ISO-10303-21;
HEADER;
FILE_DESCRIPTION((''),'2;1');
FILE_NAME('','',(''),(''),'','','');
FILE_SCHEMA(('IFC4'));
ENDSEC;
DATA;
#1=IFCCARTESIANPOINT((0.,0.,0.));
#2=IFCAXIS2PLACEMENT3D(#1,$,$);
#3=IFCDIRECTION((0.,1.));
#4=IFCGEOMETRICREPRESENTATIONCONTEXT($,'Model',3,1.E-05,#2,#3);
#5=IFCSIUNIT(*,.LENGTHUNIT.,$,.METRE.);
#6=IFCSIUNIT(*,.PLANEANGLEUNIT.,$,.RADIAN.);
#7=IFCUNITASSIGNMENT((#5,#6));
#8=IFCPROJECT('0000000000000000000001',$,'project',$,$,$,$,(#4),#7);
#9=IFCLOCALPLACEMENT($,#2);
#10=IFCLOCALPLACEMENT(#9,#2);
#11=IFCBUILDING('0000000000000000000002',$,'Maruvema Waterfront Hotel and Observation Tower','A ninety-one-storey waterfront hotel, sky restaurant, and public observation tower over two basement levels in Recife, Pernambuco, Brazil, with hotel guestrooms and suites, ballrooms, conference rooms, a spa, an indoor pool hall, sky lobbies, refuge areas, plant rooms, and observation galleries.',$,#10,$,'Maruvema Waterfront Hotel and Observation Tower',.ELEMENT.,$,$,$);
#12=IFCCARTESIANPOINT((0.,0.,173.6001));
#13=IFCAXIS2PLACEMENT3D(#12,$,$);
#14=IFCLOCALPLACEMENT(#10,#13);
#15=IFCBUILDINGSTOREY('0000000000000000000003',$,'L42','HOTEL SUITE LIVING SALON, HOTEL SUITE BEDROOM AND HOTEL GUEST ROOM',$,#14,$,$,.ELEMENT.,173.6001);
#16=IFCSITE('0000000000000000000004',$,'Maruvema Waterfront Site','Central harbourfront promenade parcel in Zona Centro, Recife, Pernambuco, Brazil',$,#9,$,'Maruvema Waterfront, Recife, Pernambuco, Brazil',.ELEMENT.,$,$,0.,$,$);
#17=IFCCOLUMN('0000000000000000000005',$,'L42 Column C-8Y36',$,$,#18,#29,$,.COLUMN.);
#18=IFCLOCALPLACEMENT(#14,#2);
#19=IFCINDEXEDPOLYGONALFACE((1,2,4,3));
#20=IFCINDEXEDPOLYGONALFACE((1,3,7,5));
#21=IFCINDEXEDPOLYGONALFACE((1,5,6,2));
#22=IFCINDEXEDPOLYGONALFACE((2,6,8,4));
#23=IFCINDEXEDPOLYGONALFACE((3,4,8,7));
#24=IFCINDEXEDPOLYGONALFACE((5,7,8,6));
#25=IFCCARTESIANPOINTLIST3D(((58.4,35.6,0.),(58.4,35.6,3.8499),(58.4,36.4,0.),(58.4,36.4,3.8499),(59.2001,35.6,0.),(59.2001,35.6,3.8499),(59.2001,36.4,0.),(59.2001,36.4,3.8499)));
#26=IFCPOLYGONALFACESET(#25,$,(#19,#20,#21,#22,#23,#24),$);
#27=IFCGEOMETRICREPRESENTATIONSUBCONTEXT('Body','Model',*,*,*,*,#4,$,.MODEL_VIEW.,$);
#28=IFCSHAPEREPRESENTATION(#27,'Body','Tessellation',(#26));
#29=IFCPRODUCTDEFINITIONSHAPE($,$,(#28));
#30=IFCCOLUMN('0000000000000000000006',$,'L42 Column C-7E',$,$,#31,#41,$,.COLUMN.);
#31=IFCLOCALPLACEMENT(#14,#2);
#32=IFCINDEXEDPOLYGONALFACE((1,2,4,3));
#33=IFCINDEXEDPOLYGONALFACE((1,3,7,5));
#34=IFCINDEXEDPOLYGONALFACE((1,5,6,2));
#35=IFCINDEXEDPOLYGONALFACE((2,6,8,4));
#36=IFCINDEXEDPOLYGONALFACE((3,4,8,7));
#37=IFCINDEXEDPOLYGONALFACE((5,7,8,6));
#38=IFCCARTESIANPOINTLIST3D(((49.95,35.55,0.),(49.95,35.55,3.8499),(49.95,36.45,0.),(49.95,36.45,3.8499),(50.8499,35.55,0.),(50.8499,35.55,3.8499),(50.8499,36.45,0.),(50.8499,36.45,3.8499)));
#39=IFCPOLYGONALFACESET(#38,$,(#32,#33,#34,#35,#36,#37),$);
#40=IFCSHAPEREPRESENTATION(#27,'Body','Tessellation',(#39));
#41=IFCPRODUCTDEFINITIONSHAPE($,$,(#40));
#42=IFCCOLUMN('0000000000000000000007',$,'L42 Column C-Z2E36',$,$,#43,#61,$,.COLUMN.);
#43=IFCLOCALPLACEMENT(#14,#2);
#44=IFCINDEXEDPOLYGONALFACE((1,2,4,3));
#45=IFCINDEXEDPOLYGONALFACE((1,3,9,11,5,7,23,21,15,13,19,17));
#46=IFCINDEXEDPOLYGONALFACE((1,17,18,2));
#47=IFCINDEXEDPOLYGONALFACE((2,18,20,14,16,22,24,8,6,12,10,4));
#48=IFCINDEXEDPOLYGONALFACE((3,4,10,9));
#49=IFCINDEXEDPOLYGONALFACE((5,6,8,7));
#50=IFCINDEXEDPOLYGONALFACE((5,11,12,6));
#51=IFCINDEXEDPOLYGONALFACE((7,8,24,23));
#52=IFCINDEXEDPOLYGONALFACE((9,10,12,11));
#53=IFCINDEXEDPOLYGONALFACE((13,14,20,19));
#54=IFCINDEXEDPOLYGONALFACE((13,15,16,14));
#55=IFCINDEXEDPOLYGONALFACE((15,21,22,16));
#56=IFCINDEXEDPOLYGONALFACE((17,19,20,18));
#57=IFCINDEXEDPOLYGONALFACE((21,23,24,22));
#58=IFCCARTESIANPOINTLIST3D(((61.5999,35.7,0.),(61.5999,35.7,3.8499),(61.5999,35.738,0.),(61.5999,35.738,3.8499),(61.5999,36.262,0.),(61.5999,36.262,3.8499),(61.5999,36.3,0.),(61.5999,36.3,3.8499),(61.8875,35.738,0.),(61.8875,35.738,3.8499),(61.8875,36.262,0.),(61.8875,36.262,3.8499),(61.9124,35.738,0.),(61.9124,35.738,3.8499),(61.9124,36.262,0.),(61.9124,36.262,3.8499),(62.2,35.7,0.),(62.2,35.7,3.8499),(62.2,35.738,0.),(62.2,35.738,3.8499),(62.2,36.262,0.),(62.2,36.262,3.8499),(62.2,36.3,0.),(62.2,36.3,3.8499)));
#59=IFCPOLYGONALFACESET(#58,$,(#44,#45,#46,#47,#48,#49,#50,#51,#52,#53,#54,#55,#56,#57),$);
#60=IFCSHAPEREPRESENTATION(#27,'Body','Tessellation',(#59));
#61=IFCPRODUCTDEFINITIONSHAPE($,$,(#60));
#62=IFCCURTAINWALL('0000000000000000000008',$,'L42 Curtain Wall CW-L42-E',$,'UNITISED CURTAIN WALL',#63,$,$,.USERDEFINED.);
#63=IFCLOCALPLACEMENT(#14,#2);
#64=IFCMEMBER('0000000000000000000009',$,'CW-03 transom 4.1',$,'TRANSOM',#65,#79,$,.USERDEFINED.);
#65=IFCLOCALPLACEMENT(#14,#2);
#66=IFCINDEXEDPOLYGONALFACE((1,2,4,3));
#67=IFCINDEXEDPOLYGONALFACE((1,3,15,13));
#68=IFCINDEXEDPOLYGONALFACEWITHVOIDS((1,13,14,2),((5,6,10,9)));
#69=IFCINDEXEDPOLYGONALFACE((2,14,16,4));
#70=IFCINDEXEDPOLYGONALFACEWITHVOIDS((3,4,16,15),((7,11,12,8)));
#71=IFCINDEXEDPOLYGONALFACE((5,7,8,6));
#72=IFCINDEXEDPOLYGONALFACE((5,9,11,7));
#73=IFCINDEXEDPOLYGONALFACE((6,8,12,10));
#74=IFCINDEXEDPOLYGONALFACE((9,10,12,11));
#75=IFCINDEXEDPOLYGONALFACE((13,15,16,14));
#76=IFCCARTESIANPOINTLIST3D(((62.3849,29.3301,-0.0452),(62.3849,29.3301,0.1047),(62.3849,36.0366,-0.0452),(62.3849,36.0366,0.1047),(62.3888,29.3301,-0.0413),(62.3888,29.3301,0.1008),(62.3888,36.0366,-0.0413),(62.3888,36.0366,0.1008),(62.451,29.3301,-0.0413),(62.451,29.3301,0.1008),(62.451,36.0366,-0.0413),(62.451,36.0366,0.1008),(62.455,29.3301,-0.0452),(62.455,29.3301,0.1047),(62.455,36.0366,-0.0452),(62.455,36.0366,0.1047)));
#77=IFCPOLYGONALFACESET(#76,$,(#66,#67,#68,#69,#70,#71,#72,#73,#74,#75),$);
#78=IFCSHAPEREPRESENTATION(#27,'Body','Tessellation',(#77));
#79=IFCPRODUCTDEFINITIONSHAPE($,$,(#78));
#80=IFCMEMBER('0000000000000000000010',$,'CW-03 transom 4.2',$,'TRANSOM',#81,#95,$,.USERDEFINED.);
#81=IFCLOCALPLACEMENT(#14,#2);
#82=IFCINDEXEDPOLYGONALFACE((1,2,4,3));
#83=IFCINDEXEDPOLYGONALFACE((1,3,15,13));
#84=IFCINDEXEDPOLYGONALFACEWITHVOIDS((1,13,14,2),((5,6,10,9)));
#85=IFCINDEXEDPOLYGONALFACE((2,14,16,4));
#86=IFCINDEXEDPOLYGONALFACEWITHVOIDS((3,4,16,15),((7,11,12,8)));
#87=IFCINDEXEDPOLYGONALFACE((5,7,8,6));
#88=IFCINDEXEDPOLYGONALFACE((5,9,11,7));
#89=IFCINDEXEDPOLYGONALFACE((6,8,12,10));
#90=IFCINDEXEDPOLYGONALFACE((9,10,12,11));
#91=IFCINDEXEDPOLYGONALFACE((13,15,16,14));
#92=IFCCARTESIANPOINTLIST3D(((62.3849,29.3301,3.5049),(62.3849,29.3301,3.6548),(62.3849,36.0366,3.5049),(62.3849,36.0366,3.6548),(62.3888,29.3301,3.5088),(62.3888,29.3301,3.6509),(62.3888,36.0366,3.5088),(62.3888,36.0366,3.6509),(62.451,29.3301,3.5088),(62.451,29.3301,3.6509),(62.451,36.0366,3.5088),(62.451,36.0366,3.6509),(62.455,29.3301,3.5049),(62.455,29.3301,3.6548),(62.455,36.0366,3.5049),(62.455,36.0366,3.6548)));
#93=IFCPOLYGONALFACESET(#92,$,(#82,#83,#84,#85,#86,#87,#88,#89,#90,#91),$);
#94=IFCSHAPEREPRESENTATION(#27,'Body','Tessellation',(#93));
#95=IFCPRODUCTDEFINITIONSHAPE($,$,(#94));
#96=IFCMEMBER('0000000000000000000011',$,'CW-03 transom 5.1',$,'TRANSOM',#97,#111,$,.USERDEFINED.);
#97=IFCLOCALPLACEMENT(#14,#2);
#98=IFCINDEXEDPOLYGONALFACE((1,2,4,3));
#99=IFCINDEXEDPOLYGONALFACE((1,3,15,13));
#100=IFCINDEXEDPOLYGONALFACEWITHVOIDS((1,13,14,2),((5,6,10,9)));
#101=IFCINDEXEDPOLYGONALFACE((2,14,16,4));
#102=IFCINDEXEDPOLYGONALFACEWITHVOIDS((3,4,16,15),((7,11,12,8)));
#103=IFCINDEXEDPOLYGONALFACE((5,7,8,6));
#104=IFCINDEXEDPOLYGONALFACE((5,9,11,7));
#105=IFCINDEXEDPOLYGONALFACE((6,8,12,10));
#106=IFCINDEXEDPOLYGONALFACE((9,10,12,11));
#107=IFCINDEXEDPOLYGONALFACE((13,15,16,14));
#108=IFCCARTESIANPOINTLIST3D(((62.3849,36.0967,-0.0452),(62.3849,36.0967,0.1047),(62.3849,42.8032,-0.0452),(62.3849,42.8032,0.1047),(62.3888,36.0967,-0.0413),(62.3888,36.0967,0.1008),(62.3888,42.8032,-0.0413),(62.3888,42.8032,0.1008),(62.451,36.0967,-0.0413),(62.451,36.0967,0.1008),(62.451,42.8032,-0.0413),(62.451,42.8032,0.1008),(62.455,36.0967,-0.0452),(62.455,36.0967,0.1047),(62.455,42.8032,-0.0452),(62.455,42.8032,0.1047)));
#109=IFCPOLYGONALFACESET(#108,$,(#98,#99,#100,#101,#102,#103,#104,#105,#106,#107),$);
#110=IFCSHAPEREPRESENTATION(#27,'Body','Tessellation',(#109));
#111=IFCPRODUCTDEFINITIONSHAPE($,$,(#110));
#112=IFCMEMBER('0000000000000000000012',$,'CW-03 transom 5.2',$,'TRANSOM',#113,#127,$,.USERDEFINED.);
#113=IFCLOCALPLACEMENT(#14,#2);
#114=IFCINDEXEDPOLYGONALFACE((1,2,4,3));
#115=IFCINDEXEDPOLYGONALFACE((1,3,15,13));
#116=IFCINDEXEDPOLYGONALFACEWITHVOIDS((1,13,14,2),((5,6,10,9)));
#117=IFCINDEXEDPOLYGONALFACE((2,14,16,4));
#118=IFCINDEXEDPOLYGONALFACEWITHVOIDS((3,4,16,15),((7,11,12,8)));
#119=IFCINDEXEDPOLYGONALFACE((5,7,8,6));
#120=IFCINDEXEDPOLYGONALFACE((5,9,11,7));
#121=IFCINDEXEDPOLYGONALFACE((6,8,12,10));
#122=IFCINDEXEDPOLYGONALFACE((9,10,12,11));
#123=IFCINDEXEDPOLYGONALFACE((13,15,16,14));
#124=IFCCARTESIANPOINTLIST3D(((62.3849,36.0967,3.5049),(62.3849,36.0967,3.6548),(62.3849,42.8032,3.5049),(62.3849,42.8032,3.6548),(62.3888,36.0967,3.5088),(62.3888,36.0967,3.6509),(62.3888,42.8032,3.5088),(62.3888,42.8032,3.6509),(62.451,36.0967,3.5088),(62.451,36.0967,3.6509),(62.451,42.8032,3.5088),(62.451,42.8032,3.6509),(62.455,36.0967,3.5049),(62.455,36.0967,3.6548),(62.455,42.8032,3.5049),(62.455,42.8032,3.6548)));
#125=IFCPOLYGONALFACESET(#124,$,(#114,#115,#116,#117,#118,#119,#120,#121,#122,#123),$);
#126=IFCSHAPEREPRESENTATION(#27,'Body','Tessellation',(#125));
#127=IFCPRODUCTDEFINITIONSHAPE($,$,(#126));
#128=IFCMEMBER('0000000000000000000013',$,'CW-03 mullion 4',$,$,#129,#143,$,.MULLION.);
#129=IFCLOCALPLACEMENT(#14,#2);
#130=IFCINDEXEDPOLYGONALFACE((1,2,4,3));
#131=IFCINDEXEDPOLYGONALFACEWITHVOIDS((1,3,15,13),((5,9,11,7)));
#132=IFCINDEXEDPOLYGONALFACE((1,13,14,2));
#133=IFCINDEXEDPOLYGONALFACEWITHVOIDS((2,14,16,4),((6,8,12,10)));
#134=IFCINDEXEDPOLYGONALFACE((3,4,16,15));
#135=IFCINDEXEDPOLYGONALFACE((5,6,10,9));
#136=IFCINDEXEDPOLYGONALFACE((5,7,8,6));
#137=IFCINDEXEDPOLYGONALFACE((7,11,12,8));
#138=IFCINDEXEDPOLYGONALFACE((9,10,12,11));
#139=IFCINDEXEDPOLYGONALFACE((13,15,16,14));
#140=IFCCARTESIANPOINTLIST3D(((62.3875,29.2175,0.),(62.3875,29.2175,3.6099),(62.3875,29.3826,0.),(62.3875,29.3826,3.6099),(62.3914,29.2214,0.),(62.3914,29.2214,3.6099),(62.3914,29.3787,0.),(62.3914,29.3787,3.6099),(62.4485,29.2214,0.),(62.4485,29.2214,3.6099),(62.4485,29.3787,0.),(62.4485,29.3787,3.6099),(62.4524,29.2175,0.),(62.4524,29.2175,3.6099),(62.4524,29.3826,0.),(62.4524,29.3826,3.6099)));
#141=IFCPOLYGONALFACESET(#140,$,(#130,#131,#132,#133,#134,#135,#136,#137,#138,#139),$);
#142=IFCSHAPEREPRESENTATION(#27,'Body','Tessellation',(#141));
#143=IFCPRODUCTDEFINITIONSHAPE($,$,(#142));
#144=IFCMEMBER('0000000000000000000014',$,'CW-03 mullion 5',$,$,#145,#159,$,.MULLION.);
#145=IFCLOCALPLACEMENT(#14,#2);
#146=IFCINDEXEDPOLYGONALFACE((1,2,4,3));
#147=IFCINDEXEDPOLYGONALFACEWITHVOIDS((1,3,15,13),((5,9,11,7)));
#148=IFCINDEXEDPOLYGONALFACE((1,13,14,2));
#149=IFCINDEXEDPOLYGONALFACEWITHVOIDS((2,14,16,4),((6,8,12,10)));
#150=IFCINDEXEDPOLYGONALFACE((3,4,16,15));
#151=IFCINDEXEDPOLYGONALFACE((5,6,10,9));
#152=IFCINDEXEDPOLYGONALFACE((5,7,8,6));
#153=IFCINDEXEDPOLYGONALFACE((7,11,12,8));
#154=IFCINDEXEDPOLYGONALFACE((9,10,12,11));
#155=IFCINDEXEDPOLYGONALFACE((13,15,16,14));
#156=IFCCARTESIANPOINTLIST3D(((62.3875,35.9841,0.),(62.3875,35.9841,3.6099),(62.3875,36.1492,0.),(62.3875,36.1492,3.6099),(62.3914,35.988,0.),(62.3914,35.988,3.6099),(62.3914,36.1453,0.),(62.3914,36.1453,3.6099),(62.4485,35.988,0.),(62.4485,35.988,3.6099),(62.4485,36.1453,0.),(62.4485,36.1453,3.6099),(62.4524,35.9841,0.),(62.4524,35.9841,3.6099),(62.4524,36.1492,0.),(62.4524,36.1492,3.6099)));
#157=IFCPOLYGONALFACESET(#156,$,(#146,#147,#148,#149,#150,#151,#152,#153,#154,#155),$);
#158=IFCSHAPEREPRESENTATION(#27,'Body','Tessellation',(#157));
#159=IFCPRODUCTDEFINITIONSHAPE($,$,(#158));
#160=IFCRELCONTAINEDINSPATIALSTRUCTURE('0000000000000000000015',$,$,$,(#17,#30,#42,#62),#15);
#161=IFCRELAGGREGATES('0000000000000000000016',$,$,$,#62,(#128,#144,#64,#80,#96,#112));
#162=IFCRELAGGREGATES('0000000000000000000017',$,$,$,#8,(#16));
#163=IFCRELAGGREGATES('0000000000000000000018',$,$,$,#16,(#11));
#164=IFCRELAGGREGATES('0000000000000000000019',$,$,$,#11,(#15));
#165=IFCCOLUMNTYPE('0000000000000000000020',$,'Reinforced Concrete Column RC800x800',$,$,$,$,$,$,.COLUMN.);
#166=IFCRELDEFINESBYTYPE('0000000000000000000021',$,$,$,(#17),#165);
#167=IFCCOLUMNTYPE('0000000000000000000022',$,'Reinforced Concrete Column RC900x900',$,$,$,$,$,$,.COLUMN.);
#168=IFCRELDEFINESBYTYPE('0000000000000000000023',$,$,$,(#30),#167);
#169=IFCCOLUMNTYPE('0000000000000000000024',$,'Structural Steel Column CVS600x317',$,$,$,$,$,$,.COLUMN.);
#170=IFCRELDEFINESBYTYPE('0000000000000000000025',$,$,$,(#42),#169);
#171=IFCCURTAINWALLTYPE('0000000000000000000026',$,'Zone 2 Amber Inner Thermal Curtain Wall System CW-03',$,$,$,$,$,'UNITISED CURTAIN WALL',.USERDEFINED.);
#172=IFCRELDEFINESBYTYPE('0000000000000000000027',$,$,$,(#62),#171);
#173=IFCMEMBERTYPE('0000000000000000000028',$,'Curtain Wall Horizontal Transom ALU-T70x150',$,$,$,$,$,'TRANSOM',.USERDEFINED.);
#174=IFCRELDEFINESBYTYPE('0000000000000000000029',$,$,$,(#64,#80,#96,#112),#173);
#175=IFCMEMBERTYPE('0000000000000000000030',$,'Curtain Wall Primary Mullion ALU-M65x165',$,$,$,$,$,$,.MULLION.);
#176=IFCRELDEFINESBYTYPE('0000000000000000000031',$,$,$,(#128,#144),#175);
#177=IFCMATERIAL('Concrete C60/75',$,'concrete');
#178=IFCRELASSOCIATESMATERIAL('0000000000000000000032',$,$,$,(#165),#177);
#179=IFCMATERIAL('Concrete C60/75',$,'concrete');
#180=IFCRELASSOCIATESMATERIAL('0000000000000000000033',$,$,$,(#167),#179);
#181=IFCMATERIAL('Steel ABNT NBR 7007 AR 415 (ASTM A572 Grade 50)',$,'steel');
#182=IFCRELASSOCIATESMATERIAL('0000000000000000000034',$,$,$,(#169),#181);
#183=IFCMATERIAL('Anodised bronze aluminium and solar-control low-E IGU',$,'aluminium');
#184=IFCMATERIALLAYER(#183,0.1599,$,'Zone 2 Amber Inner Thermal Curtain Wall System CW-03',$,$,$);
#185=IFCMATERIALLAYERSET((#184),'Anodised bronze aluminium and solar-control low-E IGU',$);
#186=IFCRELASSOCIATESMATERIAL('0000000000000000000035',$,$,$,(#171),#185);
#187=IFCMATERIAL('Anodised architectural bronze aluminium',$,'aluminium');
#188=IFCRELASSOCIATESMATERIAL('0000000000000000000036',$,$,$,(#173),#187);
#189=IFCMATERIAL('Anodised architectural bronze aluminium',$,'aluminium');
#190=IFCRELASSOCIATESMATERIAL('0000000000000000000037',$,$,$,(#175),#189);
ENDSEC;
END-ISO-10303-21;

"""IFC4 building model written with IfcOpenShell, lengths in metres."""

from ifc_helpers import new_model, si_unit, direction, frame, origin, origin_2d, place, context, subcontext, project, spatial, rectangle, hollow_rectangle, i_section, extrude, material, layer, layer_set, material_profile, profile_set, type_object, element, aggregate, save


model = new_model("IFC4")

# Units and contexts
model_context = context("Model", 3, precision=1e-05, world=origin(), true_north=direction((0.0, 1.0)))
body_context = subcontext(model_context, "Body", "Model", "MODEL_VIEW")
ifc_project = project(units=[si_unit("LENGTHUNIT", "METRE"), si_unit("PLANEANGLEUNIT", "RADIAN")], contexts=[model_context])

# Site, building, storey
site_placement = place(None, origin())
site = spatial("IfcSite", under=ifc_project, at=site_placement, Name="Maruvema Waterfront Site", Description="Central harbourfront promenade parcel in Zona Centro, Recife, Pernambuco, Brazil", LongName="Maruvema Waterfront, Recife, Pernambuco, Brazil", CompositionType="ELEMENT", RefElevation=0.0)
building_placement = place(site_placement, origin())
building = spatial("IfcBuilding", under=site, at=building_placement, Name="Maruvema Waterfront Hotel and Observation Tower", Description="A ninety-one-storey waterfront hotel, sky restaurant, and public observation tower over two basement levels in Recife, Pernambuco, Brazil, with hotel guestrooms and suites, ballrooms, conference rooms, a spa, an indoor pool hall, sky lobbies, refuge areas, plant rooms, and observation galleries.", LongName="Maruvema Waterfront Hotel and Observation Tower", CompositionType="ELEMENT")
storey_placement = place(building_placement, frame((0.0, 0.0, 173.6001)))
storey = spatial("IfcBuildingStorey", under=building, at=storey_placement, Name="L42", Description="HOTEL SUITE LIVING SALON, HOTEL SUITE BEDROOM AND HOTEL GUEST ROOM", CompositionType="ELEMENT", Elevation=173.6001)

# Columns
ifc_material_1 = material(Name="Concrete C60/75", Category="concrete")
ifc_material_profile_1 = material_profile(ifc_material_1, rectangle(XDim=0.8, YDim=0.8, at=origin_2d()), Name="RC800x800")
ifc_profile_set_1 = profile_set([ifc_material_profile_1], Name="Concrete C60/75")
column_type_1 = type_object("IfcColumnType", Name="Reinforced Concrete Column RC800x800", PredefinedType="COLUMN", material=ifc_profile_set_1)
column_1_placement = place(storey_placement, frame((58.8, 36.0, 0.0), z_axis=(0.0, 0.0, 1.0), x_axis=(1.0, 0.0, 0.0)))
element("IfcColumn", 1, at=column_1_placement, inside=storey, type_object=column_type_1, Name="L42 Column C-8Y36", PredefinedType="COLUMN", context=body_context, shape_type="SweptSolid", body=[
    extrude(rectangle(XDim=0.8, YDim=0.8, at=origin_2d()), origin(), (0.0, 0.0, 1.0), 3.8499),
])
ifc_material_2 = material(Name="Concrete C60/75", Category="concrete")
ifc_material_profile_2 = material_profile(ifc_material_2, rectangle(XDim=0.8999, YDim=0.8999, at=origin_2d()), Name="RC900x900")
ifc_profile_set_2 = profile_set([ifc_material_profile_2], Name="Concrete C60/75")
column_type_2 = type_object("IfcColumnType", Name="Reinforced Concrete Column RC900x900", PredefinedType="COLUMN", material=ifc_profile_set_2)
column_2_placement = place(storey_placement, frame((50.3999, 36.0, 0.0), z_axis=(0.0, 0.0, 1.0), x_axis=(1.0, 0.0, 0.0)))
element("IfcColumn", 2, at=column_2_placement, inside=storey, type_object=column_type_2, Name="L42 Column C-7E", PredefinedType="COLUMN", context=body_context, shape_type="SweptSolid", body=[
    extrude(rectangle(XDim=0.8999, YDim=0.8999, at=origin_2d()), origin(), (0.0, 0.0, 1.0), 3.8499),
])
ifc_material_3 = material(Name="Steel ABNT NBR 7007 AR 415 (ASTM A572 Grade 50)", Category="steel")
ifc_material_profile_3 = material_profile(ifc_material_3, i_section(OverallWidth=0.6001, OverallDepth=0.6001, WebThickness=0.0249, FlangeThickness=0.0381, at=origin_2d()), Name="CVS600x317")
ifc_profile_set_3 = profile_set([ifc_material_profile_3], Name="Steel ABNT NBR 7007 AR 415 (ASTM A572 Grade 50)")
column_type_3 = type_object("IfcColumnType", Name="Structural Steel Column CVS600x317", PredefinedType="COLUMN", material=ifc_profile_set_3)
column_3_placement = place(storey_placement, frame((61.8999, 36.0, 0.0), z_axis=(0.0, 0.0, 1.0), x_axis=(1.0, 0.0, 0.0)))
element("IfcColumn", 3, at=column_3_placement, inside=storey, type_object=column_type_3, Name="L42 Column C-Z2E36", PredefinedType="COLUMN", context=body_context, shape_type="SweptSolid", body=[
    extrude(i_section(OverallWidth=0.6001, OverallDepth=0.6001, WebThickness=0.0249, FlangeThickness=0.0381, at=origin_2d()), origin(), (0.0, 0.0, 1.0), 3.8499),
])

# Curtain wall, members
ifc_material_4 = material(Name="Anodised bronze aluminium and solar-control low-E IGU", Category="aluminium")
ifc_layer_1 = layer(ifc_material_4, 0.1599, Name="Zone 2 Amber Inner Thermal Curtain Wall System CW-03")
ifc_layer_set_1 = layer_set([ifc_layer_1], Name="Anodised bronze aluminium and solar-control low-E IGU")
curtain_wall_type = type_object("IfcCurtainWallType", Name="Zone 2 Amber Inner Thermal Curtain Wall System CW-03", ElementType="UNITISED CURTAIN WALL", PredefinedType="USERDEFINED", material=ifc_layer_set_1)
curtain_wall_placement = place(storey_placement, origin())
curtain_wall = element("IfcCurtainWall", 4, at=curtain_wall_placement, inside=storey, type_object=curtain_wall_type, Name="L42 Curtain Wall CW-L42-E", ObjectType="UNITISED CURTAIN WALL", PredefinedType="USERDEFINED")
ifc_material_5 = material(Name="Anodised architectural bronze aluminium", Category="aluminium")
ifc_material_profile_4 = material_profile(ifc_material_5, hollow_rectangle(XDim=0.0701, YDim=0.1499, WallThickness=0.0039, at=origin_2d()), Name="ALU-T70x150")
ifc_profile_set_4 = profile_set([ifc_material_profile_4], Name="Anodised architectural bronze aluminium")
member_type_1 = type_object("IfcMemberType", Name="Curtain Wall Horizontal Transom ALU-T70x150", ElementType="TRANSOM", PredefinedType="USERDEFINED", material=ifc_profile_set_4)
member_1_placement = place(storey_placement, frame((62.4199, 29.3301, 0.0298), z_axis=(0.0, 1.0, 0.0), x_axis=(-1.0, 0.0, 0.0)))
member_1 = element("IfcMember", 5, at=member_1_placement, type_object=member_type_1, Name="CW-03 transom 4.1", ObjectType="TRANSOM", PredefinedType="USERDEFINED", context=body_context, shape_type="SweptSolid", body=[
    extrude(hollow_rectangle(XDim=0.0701, YDim=0.1499, WallThickness=0.0039, at=origin_2d()), origin(), (0.0, 0.0, 1.0), 6.7065),
])
member_2_placement = place(storey_placement, frame((62.4199, 29.3301, 3.5798), z_axis=(0.0, 1.0, 0.0), x_axis=(-1.0, 0.0, 0.0)))
member_2 = element("IfcMember", 6, at=member_2_placement, type_object=member_type_1, Name="CW-03 transom 4.2", ObjectType="TRANSOM", PredefinedType="USERDEFINED", context=body_context, shape_type="SweptSolid", body=[
    extrude(hollow_rectangle(XDim=0.0701, YDim=0.1499, WallThickness=0.0039, at=origin_2d()), origin(), (0.0, 0.0, 1.0), 6.7065),
])
member_3_placement = place(storey_placement, frame((62.4199, 36.0967, 0.0298), z_axis=(0.0, 1.0, 0.0), x_axis=(-1.0, 0.0, 0.0)))
member_3 = element("IfcMember", 7, at=member_3_placement, type_object=member_type_1, Name="CW-03 transom 5.1", ObjectType="TRANSOM", PredefinedType="USERDEFINED", context=body_context, shape_type="SweptSolid", body=[
    extrude(hollow_rectangle(XDim=0.0701, YDim=0.1499, WallThickness=0.0039, at=origin_2d()), origin(), (0.0, 0.0, 1.0), 6.7065),
])
member_4_placement = place(storey_placement, frame((62.4199, 36.0967, 3.5798), z_axis=(0.0, 1.0, 0.0), x_axis=(-1.0, 0.0, 0.0)))
member_4 = element("IfcMember", 8, at=member_4_placement, type_object=member_type_1, Name="CW-03 transom 5.2", ObjectType="TRANSOM", PredefinedType="USERDEFINED", context=body_context, shape_type="SweptSolid", body=[
    extrude(hollow_rectangle(XDim=0.0701, YDim=0.1499, WallThickness=0.0039, at=origin_2d()), origin(), (0.0, 0.0, 1.0), 6.7065),
])
ifc_material_6 = material(Name="Anodised architectural bronze aluminium", Category="aluminium")
ifc_material_profile_5 = material_profile(ifc_material_6, hollow_rectangle(XDim=0.0649, YDim=0.165, WallThickness=0.0039, at=origin_2d()), Name="ALU-M65x165")
ifc_profile_set_5 = profile_set([ifc_material_profile_5], Name="Anodised architectural bronze aluminium")
member_type_2 = type_object("IfcMemberType", Name="Curtain Wall Primary Mullion ALU-M65x165", PredefinedType="MULLION", material=ifc_profile_set_5)
member_5_placement = place(storey_placement, frame((62.4199, 29.3, 0.0), z_axis=(0.0, 0.0, 1.0), x_axis=(-1.0, 0.0, 0.0)))
member_5 = element("IfcMember", 9, at=member_5_placement, type_object=member_type_2, Name="CW-03 mullion 4", PredefinedType="MULLION", context=body_context, shape_type="SweptSolid", body=[
    extrude(hollow_rectangle(XDim=0.0649, YDim=0.165, WallThickness=0.0039, at=origin_2d()), origin(), (0.0, 0.0, 1.0), 3.6099),
])
member_6_placement = place(storey_placement, frame((62.4199, 36.0667, 0.0), z_axis=(0.0, 0.0, 1.0), x_axis=(-1.0, 0.0, 0.0)))
member_6 = element("IfcMember", 10, at=member_6_placement, type_object=member_type_2, Name="CW-03 mullion 5", PredefinedType="MULLION", context=body_context, shape_type="SweptSolid", body=[
    extrude(hollow_rectangle(XDim=0.0649, YDim=0.165, WallThickness=0.0039, at=origin_2d()), origin(), (0.0, 0.0, 1.0), 3.6099),
])

aggregate(curtain_wall, [member_5, member_6, member_1, member_2, member_3, member_4])

save(model, "model.ifc")
